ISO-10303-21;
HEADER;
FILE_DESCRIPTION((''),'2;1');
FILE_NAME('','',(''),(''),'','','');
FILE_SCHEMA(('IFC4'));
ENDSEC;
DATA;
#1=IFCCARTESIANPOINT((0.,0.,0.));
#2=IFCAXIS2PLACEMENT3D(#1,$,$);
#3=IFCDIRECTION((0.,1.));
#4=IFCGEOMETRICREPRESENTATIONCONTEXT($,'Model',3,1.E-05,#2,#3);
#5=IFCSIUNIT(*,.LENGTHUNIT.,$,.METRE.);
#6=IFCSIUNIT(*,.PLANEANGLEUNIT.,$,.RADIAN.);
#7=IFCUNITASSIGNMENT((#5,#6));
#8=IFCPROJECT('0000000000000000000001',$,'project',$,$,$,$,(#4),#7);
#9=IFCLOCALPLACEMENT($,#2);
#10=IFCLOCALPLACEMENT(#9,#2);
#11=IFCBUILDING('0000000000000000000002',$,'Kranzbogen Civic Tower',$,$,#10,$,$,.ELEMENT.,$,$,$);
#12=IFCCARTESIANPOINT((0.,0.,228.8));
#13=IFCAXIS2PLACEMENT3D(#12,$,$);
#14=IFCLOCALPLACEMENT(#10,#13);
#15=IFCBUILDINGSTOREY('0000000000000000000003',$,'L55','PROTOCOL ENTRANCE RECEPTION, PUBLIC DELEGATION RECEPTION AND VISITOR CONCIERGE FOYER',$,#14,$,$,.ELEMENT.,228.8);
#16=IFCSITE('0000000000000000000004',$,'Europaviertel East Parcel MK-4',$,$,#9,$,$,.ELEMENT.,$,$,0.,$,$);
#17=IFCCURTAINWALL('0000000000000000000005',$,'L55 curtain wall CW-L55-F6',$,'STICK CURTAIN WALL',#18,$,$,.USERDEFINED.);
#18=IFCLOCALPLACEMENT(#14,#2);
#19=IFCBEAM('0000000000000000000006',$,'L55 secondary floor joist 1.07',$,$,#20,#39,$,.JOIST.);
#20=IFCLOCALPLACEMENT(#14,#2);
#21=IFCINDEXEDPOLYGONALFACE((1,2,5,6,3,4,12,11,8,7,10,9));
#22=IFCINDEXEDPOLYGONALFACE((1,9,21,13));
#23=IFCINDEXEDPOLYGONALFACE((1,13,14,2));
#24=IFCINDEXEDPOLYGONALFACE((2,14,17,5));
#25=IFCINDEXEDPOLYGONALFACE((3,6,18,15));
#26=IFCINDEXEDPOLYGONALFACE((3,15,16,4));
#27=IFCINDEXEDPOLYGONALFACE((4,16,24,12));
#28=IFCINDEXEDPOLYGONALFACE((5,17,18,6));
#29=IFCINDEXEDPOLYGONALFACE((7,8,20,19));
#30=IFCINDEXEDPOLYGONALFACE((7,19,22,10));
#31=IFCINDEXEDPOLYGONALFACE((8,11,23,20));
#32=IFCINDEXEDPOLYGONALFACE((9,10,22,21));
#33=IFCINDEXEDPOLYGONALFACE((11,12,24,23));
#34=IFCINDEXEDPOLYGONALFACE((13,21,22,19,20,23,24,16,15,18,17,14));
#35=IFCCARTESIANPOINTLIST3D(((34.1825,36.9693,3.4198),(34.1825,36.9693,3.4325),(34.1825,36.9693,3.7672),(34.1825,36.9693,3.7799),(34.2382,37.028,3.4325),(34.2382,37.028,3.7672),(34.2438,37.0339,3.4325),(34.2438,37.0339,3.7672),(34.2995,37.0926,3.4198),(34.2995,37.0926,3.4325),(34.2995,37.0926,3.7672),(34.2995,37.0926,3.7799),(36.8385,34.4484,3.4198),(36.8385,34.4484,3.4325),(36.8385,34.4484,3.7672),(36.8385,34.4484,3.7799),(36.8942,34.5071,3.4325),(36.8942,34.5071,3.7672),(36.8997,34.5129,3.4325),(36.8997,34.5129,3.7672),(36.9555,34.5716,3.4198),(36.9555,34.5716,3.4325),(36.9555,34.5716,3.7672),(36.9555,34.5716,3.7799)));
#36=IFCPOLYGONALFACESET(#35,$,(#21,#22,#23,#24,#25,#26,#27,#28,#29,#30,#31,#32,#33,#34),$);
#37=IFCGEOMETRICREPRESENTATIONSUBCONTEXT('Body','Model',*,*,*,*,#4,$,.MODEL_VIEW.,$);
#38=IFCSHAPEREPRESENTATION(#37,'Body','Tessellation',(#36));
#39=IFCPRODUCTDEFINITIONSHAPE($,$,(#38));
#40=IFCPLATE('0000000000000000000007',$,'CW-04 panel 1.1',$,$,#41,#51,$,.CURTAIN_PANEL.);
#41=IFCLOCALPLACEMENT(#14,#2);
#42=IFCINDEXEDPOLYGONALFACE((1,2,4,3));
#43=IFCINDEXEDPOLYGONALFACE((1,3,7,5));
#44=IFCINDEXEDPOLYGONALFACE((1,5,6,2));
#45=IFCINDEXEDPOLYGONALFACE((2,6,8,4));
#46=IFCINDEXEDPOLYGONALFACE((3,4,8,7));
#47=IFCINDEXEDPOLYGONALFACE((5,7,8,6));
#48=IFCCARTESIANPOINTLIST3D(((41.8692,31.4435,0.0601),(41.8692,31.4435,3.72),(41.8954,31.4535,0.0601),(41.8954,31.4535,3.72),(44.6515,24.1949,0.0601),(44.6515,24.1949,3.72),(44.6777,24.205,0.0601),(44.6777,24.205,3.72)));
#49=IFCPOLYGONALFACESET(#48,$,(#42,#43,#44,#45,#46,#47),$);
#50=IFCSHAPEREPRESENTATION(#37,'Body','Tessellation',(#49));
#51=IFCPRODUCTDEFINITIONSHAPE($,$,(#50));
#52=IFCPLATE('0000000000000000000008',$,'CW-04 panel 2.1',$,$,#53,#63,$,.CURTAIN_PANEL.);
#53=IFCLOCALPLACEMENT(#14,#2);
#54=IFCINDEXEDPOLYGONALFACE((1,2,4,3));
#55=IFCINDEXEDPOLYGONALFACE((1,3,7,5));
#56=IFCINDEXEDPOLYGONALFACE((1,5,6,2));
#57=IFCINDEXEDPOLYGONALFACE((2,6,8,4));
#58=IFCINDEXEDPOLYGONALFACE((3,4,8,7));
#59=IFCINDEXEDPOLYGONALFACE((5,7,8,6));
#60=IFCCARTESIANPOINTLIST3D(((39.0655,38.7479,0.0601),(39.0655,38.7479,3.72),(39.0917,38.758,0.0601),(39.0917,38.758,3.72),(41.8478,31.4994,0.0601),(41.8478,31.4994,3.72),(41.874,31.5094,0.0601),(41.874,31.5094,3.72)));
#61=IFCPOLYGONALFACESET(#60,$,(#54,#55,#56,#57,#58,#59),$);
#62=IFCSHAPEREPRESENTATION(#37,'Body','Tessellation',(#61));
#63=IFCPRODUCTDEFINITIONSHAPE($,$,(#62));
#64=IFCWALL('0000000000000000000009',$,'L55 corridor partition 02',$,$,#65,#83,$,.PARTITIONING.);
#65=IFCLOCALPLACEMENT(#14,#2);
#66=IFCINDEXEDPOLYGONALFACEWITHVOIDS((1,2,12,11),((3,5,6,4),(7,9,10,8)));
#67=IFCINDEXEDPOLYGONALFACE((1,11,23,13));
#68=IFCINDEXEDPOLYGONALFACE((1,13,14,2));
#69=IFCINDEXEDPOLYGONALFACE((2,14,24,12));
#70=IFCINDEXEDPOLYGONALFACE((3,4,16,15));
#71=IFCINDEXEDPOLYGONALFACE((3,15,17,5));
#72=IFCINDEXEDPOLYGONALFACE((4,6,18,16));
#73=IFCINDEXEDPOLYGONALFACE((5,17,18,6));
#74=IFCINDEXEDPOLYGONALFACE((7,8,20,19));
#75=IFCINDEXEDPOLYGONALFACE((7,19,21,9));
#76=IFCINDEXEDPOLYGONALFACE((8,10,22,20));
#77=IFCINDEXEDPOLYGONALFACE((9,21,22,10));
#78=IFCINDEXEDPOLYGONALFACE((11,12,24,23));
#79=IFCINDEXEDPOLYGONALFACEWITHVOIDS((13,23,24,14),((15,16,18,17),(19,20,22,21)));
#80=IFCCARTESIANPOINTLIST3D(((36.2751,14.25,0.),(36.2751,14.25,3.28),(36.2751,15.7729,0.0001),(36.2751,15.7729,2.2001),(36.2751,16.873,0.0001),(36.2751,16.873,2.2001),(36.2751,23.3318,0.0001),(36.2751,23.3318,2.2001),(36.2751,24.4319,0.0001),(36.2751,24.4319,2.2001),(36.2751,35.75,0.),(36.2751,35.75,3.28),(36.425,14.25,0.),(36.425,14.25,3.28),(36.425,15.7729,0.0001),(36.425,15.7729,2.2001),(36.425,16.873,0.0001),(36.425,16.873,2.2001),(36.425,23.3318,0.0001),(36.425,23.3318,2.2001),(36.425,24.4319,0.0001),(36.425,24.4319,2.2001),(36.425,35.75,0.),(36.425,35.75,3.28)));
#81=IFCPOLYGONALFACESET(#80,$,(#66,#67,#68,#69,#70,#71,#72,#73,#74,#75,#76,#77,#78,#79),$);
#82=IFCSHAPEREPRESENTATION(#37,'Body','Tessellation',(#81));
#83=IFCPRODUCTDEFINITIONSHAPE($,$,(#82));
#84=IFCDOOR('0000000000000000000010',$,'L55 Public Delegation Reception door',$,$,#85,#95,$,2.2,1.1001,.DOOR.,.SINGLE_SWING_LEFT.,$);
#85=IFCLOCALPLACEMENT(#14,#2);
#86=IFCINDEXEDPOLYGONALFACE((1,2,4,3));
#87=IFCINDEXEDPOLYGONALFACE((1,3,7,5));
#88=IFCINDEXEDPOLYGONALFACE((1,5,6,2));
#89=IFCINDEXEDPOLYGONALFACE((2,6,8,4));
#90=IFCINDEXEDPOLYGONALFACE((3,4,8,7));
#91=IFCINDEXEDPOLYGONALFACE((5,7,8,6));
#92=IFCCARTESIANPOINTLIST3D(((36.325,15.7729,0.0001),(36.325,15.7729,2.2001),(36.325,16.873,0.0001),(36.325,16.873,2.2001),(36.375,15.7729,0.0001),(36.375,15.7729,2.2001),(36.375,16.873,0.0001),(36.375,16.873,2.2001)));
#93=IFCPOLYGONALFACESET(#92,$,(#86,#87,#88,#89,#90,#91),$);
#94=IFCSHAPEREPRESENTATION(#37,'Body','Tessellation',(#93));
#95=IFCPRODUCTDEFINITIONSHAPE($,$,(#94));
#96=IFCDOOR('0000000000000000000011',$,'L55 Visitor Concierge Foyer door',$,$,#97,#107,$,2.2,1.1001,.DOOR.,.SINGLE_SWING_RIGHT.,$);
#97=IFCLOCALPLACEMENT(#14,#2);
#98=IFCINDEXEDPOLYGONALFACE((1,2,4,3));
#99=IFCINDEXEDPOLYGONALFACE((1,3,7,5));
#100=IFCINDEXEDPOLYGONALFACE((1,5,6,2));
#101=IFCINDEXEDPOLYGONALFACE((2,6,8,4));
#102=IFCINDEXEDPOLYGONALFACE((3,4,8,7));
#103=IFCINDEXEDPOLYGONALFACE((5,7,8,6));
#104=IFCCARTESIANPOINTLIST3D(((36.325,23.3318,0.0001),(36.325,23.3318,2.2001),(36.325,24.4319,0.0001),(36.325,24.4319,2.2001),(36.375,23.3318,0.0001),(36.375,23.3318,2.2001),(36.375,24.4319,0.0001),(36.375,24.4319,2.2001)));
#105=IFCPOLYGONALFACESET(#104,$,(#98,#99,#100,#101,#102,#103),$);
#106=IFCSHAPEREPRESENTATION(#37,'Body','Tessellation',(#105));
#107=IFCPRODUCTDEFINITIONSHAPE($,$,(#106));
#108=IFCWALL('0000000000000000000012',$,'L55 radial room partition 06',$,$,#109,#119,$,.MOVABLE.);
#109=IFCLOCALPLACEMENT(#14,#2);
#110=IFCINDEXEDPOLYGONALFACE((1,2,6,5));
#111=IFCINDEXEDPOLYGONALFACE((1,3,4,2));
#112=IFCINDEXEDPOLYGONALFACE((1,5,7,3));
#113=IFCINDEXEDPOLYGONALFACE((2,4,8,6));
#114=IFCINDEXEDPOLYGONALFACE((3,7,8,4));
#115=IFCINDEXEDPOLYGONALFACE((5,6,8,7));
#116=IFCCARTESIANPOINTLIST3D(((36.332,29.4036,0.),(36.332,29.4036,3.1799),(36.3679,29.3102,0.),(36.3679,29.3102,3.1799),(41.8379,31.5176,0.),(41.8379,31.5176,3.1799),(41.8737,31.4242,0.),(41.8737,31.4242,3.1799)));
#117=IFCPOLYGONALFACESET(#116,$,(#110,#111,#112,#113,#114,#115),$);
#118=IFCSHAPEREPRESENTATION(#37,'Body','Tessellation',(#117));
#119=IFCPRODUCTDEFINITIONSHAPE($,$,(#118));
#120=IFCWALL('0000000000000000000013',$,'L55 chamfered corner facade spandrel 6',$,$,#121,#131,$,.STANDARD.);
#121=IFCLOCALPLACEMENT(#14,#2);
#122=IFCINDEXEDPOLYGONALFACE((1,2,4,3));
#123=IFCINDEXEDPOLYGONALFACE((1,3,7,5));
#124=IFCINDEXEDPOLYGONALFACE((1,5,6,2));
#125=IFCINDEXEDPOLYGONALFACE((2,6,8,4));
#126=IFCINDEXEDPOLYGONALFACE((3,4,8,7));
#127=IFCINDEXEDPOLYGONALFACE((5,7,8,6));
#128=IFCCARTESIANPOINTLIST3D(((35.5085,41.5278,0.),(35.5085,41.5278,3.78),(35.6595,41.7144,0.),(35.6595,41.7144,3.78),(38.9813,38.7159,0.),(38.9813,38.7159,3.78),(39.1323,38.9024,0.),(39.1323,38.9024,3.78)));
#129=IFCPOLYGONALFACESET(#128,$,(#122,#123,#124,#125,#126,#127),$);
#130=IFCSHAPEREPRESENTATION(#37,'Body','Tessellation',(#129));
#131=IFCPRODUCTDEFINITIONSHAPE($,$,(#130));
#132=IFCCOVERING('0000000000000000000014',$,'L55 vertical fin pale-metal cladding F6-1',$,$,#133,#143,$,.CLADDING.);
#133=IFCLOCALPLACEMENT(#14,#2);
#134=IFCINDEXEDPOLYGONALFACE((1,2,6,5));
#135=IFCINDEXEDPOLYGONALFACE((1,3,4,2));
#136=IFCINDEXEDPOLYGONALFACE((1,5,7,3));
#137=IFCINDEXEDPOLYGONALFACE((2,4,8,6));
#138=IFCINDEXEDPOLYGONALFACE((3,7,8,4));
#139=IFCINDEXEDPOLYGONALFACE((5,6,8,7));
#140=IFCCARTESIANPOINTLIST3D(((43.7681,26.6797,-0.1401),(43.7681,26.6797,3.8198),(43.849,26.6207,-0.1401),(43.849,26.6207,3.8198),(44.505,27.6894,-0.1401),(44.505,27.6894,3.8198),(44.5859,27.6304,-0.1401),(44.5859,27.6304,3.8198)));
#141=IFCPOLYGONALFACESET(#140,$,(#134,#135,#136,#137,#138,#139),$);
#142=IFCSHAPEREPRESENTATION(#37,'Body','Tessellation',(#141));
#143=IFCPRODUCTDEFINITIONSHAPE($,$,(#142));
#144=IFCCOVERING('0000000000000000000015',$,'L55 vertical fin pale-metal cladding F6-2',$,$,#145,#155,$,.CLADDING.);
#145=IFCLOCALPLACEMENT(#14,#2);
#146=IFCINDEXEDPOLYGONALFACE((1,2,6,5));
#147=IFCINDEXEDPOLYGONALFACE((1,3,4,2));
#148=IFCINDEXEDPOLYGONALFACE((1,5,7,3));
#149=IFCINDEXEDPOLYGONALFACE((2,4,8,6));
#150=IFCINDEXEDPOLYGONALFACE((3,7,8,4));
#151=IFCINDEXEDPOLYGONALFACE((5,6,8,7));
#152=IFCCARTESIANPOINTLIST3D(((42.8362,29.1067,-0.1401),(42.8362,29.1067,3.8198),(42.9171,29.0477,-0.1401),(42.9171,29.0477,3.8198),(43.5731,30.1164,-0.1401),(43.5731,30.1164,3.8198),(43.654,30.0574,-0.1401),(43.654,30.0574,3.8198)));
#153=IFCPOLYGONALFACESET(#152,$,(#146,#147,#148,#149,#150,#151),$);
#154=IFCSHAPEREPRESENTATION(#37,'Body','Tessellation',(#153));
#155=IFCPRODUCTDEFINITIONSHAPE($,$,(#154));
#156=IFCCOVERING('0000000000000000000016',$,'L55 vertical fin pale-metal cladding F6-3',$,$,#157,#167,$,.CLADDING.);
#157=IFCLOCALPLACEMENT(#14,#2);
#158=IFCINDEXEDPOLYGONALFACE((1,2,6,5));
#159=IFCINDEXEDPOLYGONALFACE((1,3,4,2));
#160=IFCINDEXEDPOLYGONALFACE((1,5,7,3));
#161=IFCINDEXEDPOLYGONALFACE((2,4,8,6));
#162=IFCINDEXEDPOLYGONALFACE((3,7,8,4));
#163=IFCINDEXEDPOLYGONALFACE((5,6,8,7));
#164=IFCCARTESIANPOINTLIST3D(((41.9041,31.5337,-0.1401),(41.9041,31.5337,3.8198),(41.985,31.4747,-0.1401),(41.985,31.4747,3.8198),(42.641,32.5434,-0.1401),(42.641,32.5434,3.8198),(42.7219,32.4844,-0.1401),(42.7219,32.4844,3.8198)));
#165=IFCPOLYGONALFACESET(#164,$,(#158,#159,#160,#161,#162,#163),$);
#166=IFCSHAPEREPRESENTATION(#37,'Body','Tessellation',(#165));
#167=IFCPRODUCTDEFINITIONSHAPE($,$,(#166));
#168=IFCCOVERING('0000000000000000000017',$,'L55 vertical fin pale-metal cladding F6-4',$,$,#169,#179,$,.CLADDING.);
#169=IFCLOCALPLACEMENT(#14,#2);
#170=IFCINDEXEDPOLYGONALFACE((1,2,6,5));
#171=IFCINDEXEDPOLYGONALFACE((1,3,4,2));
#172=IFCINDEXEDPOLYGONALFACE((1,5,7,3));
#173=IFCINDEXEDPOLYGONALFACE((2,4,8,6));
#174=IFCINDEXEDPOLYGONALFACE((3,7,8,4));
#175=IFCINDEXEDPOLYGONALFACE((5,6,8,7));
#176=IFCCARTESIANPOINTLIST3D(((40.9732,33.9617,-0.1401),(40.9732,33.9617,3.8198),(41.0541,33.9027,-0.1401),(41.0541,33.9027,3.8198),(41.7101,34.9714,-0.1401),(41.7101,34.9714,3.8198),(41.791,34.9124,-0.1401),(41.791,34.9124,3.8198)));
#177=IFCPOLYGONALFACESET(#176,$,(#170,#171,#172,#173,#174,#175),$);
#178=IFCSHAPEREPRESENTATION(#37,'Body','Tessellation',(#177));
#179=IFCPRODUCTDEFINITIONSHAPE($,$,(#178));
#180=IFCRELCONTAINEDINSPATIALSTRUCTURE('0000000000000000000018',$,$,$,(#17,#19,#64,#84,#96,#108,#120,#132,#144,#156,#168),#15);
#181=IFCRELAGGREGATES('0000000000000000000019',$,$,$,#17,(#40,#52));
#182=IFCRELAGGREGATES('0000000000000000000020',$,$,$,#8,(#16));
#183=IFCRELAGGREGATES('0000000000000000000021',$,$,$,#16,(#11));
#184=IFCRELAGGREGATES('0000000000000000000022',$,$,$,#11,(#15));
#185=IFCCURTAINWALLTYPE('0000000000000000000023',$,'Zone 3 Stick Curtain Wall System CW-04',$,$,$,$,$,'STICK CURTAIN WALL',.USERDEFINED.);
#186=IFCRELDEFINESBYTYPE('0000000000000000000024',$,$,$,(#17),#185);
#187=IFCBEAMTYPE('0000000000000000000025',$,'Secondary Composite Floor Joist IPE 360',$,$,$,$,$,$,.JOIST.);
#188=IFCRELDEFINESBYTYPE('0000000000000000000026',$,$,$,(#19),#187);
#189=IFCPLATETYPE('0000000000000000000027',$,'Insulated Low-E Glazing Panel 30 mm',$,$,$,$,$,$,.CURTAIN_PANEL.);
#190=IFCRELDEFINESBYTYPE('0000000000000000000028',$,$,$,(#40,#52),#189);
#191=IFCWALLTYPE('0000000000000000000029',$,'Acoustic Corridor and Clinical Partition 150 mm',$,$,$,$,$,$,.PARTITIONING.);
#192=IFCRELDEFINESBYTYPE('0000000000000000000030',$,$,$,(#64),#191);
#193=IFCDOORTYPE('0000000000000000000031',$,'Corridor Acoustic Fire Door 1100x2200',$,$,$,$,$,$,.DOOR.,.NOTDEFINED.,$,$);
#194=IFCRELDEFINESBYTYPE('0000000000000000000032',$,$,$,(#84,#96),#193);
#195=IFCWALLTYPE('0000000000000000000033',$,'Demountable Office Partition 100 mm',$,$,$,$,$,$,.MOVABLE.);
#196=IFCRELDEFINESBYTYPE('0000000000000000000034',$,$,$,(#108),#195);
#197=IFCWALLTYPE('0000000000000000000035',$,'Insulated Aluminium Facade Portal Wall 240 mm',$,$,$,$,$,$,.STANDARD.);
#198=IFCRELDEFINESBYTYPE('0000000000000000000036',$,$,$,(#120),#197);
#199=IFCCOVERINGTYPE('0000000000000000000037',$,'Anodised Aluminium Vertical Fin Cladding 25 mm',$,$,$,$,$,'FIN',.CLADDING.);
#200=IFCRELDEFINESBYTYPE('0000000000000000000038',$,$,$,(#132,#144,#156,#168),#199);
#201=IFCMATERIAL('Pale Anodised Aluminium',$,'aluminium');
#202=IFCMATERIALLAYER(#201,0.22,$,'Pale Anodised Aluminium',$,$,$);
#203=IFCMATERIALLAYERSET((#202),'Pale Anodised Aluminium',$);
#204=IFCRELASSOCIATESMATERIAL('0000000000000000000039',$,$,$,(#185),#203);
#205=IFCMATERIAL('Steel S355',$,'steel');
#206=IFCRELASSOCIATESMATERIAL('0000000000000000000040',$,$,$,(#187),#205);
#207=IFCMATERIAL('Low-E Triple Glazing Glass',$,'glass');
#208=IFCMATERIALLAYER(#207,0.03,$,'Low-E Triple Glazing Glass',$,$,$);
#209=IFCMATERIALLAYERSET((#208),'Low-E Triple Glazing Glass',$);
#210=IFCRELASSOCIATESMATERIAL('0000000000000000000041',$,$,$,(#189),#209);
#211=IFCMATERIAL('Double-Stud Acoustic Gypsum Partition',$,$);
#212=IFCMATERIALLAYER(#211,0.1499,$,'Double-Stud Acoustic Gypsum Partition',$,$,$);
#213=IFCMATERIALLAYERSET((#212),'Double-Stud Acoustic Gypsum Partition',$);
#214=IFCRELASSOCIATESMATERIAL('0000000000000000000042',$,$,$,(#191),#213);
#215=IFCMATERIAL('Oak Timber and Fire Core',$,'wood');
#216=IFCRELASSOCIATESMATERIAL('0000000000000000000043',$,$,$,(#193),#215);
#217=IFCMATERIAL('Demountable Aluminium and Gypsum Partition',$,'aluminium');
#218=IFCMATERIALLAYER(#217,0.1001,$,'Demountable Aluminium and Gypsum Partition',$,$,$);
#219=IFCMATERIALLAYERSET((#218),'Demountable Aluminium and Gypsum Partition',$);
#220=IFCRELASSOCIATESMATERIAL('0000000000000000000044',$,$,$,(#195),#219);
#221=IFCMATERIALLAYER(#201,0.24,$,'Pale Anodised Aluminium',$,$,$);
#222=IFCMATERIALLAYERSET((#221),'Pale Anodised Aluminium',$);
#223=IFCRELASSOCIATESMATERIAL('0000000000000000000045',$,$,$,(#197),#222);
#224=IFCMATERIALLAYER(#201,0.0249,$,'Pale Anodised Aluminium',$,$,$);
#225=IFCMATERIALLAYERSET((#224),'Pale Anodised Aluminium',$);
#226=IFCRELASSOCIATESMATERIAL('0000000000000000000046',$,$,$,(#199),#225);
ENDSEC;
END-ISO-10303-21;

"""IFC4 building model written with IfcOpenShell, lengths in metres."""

from ifc_helpers import new_model, si_unit, direction, frame, frame_2d, origin, origin_2d, place, context, subcontext, project, spatial, rectangle, i_section, extrude, material, layer, layer_set, material_profile, profile_set, type_object, element, fill, aggregate, save


model = new_model("IFC4")

# Units and contexts
model_context = context("Model", 3, precision=1e-05, world=origin(), true_north=direction((0.0, 1.0)))
body_context = subcontext(model_context, "Body", "Model", "MODEL_VIEW")
ifc_project = project(units=[si_unit("LENGTHUNIT", "METRE"), si_unit("PLANEANGLEUNIT", "RADIAN")], contexts=[model_context])

# Site, building, storey
site_placement = place(None, origin())
site = spatial("IfcSite", under=ifc_project, at=site_placement, Name="Europaviertel East Parcel MK-4", CompositionType="ELEMENT", RefElevation=0.0)
building_placement = place(site_placement, origin())
building = spatial("IfcBuilding", under=site, at=building_placement, Name="Kranzbogen Civic Tower", CompositionType="ELEMENT")
storey_placement = place(building_placement, frame((0.0, 0.0, 228.8)))
storey = spatial("IfcBuildingStorey", under=building, at=storey_placement, Name="L55", Description="PROTOCOL ENTRANCE RECEPTION, PUBLIC DELEGATION RECEPTION AND VISITOR CONCIERGE FOYER", CompositionType="ELEMENT", Elevation=228.8)

# Shared definitions
ifc_material_1 = material(Name="Steel S355", Category="steel")

# Shared definitions
ifc_material_2 = material(Name="Pale Anodised Aluminium", Category="aluminium")
ifc_layer_1 = layer(ifc_material_2, 0.22, Name="Pale Anodised Aluminium")
ifc_layer_set_1 = layer_set([ifc_layer_1], Name="Pale Anodised Aluminium")
curtain_wall_type = type_object("IfcCurtainWallType", Name="Zone 3 Stick Curtain Wall System CW-04", ElementType="STICK CURTAIN WALL", PredefinedType="USERDEFINED", material=ifc_layer_set_1)

# Curtain wall
curtain_wall_1_placement = place(storey_placement, origin())
curtain_wall_1 = element("IfcCurtainWall", 1, at=curtain_wall_1_placement, inside=storey, type_object=curtain_wall_type, Name="L55 curtain wall CW-L55-F6", ObjectType="STICK CURTAIN WALL", PredefinedType="USERDEFINED")

# Beam
ifc_material_profile_1 = material_profile(ifc_material_1, i_section(OverallWidth=0.1699, OverallDepth=0.3601, WebThickness=0.0081, FlangeThickness=0.0127, at=origin_2d()), Name="IPE 360")
ifc_profile_set_1 = profile_set([ifc_material_profile_1], Name="Steel S355")
beam_type_1 = type_object("IfcBeamType", Name="Secondary Composite Floor Joist IPE 360", PredefinedType="JOIST", material=ifc_profile_set_1)
beam_1_placement = place(storey_placement, frame((36.897, 34.51, 3.5999), z_axis=(-0.725301, 0.688432, 0.0), x_axis=(-0.688432, -0.725301, 0.0)))
element("IfcBeam", 2, at=beam_1_placement, inside=storey, type_object=beam_type_1, Name="L55 secondary floor joist 1.07", PredefinedType="JOIST", context=body_context, shape_type="SweptSolid", body=[
    extrude(i_section(OverallWidth=0.1699, OverallDepth=0.3601, WebThickness=0.0081, FlangeThickness=0.0127, at=origin_2d()), origin(), (0.0, 0.0, 1.0), 3.6619),
])

# Plates
ifc_material_3 = material(Name="Low-E Triple Glazing Glass", Category="glass")
ifc_layer_2 = layer(ifc_material_3, 0.03, Name="Low-E Triple Glazing Glass")
ifc_layer_set_2 = layer_set([ifc_layer_2], Name="Low-E Triple Glazing Glass")
plate_type = type_object("IfcPlateType", Name="Insulated Low-E Glazing Panel 30 mm", PredefinedType="CURTAIN_PANEL", material=ifc_layer_set_2)
plate_1_placement = place(storey_placement, frame((43.2734, 27.8242, 0.0601), z_axis=(0.0, 0.0, 1.0), x_axis=(-0.358348, 0.933588, 0.0)))
plate_1 = element("IfcPlate", 3, at=plate_1_placement, type_object=plate_type, Name="CW-04 panel 1.1", PredefinedType="CURTAIN_PANEL", context=body_context, shape_type="SweptSolid", body=[
    extrude(rectangle(XDim=7.7642, YDim=0.0281, at=origin_2d()), origin(), (0.0, 0.0, 1.0), 3.6599),
])
plate_2_placement = place(storey_placement, frame((40.4697, 35.1287, 0.0601), z_axis=(0.0, 0.0, 1.0), x_axis=(-0.358348, 0.933588, 0.0)))
plate_2 = element("IfcPlate", 4, at=plate_2_placement, type_object=plate_type, Name="CW-04 panel 2.1", PredefinedType="CURTAIN_PANEL", context=body_context, shape_type="SweptSolid", body=[
    extrude(rectangle(XDim=7.7642, YDim=0.0281, at=origin_2d()), origin(), (0.0, 0.0, 1.0), 3.6599),
])
aggregate(curtain_wall_1, [plate_1, plate_2])

# Wall, openings, doors
ifc_material_4 = material(Name="Double-Stud Acoustic Gypsum Partition")
ifc_layer_3 = layer(ifc_material_4, 0.1499, Name="Double-Stud Acoustic Gypsum Partition")
ifc_layer_set_3 = layer_set([ifc_layer_3], Name="Double-Stud Acoustic Gypsum Partition")
wall_type_1 = type_object("IfcWallType", Name="Acoustic Corridor and Clinical Partition 150 mm", PredefinedType="PARTITIONING", material=ifc_layer_set_3)
wall_1_placement = place(storey_placement, frame((36.3501, 35.75, 0.0), z_axis=(0.0, 0.0, 1.0), x_axis=(0.0, -1.0, 0.0)))
wall_1 = element("IfcWall", 5, at=wall_1_placement, inside=storey, type_object=wall_type_1, Name="L55 corridor partition 02", PredefinedType="PARTITIONING", context=body_context, shape_type="SweptSolid", body=[
    extrude(rectangle(XDim=21.5, YDim=0.1499, at=frame_2d((10.75, 0.0))), origin(), (0.0, 0.0, 1.0), 3.28),
])
opening_1_placement = place(wall_1_placement, frame((18.877, 0.0, 0.0)))
opening_1 = element("IfcOpeningElement", 6, at=opening_1_placement, cuts=wall_1, PredefinedType="OPENING", context=body_context, shape_type="SweptSolid", body=[
    extrude(rectangle(XDim=1.1001, YDim=2.2, at=frame_2d((0.55, 1.1001))), frame((0.0, 0.085, 0.0), z_axis=(0.0, -1.0, 0.0), x_axis=(1.0, 0.0, 0.0)), (0.0, 0.0, 1.0), 0.1699),
])
opening_2_placement = place(wall_1_placement, frame((11.3181, 0.0, 0.0)))
opening_2 = element("IfcOpeningElement", 7, at=opening_2_placement, cuts=wall_1, PredefinedType="OPENING", context=body_context, shape_type="SweptSolid", body=[
    extrude(rectangle(XDim=1.1001, YDim=2.2, at=frame_2d((0.55, 1.1001))), frame((0.0, 0.085, 0.0), z_axis=(0.0, -1.0, 0.0), x_axis=(1.0, 0.0, 0.0)), (0.0, 0.0, 1.0), 0.1699),
])
ifc_material_5 = material(Name="Oak Timber and Fire Core", Category="wood")
door_type = type_object("IfcDoorType", Name="Corridor Acoustic Fire Door 1100x2200", OperationType="NOTDEFINED", PredefinedType="DOOR", material=ifc_material_5)
door_1_placement = place(opening_1_placement, origin())
door_1 = element("IfcDoor", 8, at=door_1_placement, inside=storey, type_object=door_type, Name="L55 Public Delegation Reception door", OperationType="SINGLE_SWING_LEFT", OverallHeight=2.2, OverallWidth=1.1001, PredefinedType="DOOR", context=body_context, shape_type="SweptSolid", body=[
    extrude(rectangle(XDim=1.1001, YDim=2.2, at=frame_2d((0.55, 1.1001))), frame((0.0, 0.0249, 0.0), z_axis=(0.0, -1.0, 0.0), x_axis=(1.0, 0.0, 0.0)), (0.0, 0.0, 1.0), 0.05),
])
fill(opening_1, door_1)
door_2_placement = place(opening_2_placement, origin())
door_2 = element("IfcDoor", 9, at=door_2_placement, inside=storey, type_object=door_type, Name="L55 Visitor Concierge Foyer door", OperationType="SINGLE_SWING_RIGHT", OverallHeight=2.2, OverallWidth=1.1001, PredefinedType="DOOR", context=body_context, shape_type="SweptSolid", body=[
    extrude(rectangle(XDim=1.1001, YDim=2.2, at=frame_2d((0.55, 1.1001))), frame((0.0, 0.0249, 0.0), z_axis=(0.0, -1.0, 0.0), x_axis=(1.0, 0.0, 0.0)), (0.0, 0.0, 1.0), 0.05),
])
fill(opening_2, door_2)

# Walls
ifc_material_6 = material(Name="Demountable Aluminium and Gypsum Partition", Category="aluminium")
ifc_layer_4 = layer(ifc_material_6, 0.1001, Name="Demountable Aluminium and Gypsum Partition")
ifc_layer_set_4 = layer_set([ifc_layer_4], Name="Demountable Aluminium and Gypsum Partition")
wall_type_2 = type_object("IfcWallType", Name="Demountable Office Partition 100 mm", PredefinedType="MOVABLE", material=ifc_layer_set_4)
wall_2_placement = place(storey_placement, frame((36.3501, 29.3569, 0.0), z_axis=(0.0, 0.0, 1.0), x_axis=(0.933551, 0.358444, 0.0)))
element("IfcWall", 10, at=wall_2_placement, inside=storey, type_object=wall_type_2, Name="L55 radial room partition 06", PredefinedType="MOVABLE", context=body_context, shape_type="SweptSolid", body=[
    extrude(rectangle(XDim=5.8977, YDim=0.1001, at=frame_2d((2.9487, 0.0))), origin(), (0.0, 0.0, 1.0), 3.1799),
])
ifc_layer_5 = layer(ifc_material_2, 0.24, Name="Pale Anodised Aluminium")
ifc_layer_set_5 = layer_set([ifc_layer_5], Name="Pale Anodised Aluminium")
wall_type_3 = type_object("IfcWallType", Name="Insulated Aluminium Facade Portal Wall 240 mm", PredefinedType="STANDARD", material=ifc_layer_set_5)
wall_3_placement = place(storey_placement, frame((39.0569, 38.8091, 0.0), z_axis=(0.0, 0.0, 1.0), x_axis=(-0.777177, 0.629282, 0.0)))
element("IfcWall", 11, at=wall_3_placement, inside=storey, type_object=wall_type_3, Name="L55 chamfered corner facade spandrel 6", PredefinedType="STANDARD", context=body_context, shape_type="SweptSolid", body=[
    extrude(rectangle(XDim=4.4685, YDim=0.24, at=frame_2d((2.2344, 0.0))), origin(), (0.0, 0.0, 1.0), 3.78),
])

# Coverings
ifc_layer_6 = layer(ifc_material_2, 0.0249, Name="Pale Anodised Aluminium")
ifc_layer_set_6 = layer_set([ifc_layer_6], Name="Pale Anodised Aluminium")
covering_type = type_object("IfcCoveringType", Name="Anodised Aluminium Vertical Fin Cladding 25 mm", ElementType="FIN", PredefinedType="CLADDING", material=ifc_layer_set_6)
for number, where, z_axis, x_axis, name in (
    (12, (44.177, 27.155, -0.1401), (0.0, 0.0, 1.0), (0.589521, 0.807753, 0.0), "L55 vertical fin pale-metal cladding F6-1"),
    (13, (43.2451, 29.582, -0.1401), (0.0, 0.0, 1.0), (0.589521, 0.807753, 0.0), "L55 vertical fin pale-metal cladding F6-2"),
    (14, (42.313, 32.009, -0.1401), (0.0, 0.0, 1.0), (0.589521, 0.807753, 0.0), "L55 vertical fin pale-metal cladding F6-3"),
    (15, (41.3821, 34.437, -0.1401), (0.0, 0.0, 1.0), (0.589521, 0.807753, 0.0), "L55 vertical fin pale-metal cladding F6-4"),
):
    element("IfcCovering", number, at=place(storey_placement, frame(where, z_axis=z_axis, x_axis=x_axis)), inside=storey, type_object=covering_type, Name=name, PredefinedType="CLADDING", context=body_context, shape_type="SweptSolid", body=[
        extrude(rectangle(XDim=1.25, YDim=0.1001, at=origin_2d()), origin(), (0.0, 0.0, 1.0), 3.96),
    ])

save(model, "model.ifc")
